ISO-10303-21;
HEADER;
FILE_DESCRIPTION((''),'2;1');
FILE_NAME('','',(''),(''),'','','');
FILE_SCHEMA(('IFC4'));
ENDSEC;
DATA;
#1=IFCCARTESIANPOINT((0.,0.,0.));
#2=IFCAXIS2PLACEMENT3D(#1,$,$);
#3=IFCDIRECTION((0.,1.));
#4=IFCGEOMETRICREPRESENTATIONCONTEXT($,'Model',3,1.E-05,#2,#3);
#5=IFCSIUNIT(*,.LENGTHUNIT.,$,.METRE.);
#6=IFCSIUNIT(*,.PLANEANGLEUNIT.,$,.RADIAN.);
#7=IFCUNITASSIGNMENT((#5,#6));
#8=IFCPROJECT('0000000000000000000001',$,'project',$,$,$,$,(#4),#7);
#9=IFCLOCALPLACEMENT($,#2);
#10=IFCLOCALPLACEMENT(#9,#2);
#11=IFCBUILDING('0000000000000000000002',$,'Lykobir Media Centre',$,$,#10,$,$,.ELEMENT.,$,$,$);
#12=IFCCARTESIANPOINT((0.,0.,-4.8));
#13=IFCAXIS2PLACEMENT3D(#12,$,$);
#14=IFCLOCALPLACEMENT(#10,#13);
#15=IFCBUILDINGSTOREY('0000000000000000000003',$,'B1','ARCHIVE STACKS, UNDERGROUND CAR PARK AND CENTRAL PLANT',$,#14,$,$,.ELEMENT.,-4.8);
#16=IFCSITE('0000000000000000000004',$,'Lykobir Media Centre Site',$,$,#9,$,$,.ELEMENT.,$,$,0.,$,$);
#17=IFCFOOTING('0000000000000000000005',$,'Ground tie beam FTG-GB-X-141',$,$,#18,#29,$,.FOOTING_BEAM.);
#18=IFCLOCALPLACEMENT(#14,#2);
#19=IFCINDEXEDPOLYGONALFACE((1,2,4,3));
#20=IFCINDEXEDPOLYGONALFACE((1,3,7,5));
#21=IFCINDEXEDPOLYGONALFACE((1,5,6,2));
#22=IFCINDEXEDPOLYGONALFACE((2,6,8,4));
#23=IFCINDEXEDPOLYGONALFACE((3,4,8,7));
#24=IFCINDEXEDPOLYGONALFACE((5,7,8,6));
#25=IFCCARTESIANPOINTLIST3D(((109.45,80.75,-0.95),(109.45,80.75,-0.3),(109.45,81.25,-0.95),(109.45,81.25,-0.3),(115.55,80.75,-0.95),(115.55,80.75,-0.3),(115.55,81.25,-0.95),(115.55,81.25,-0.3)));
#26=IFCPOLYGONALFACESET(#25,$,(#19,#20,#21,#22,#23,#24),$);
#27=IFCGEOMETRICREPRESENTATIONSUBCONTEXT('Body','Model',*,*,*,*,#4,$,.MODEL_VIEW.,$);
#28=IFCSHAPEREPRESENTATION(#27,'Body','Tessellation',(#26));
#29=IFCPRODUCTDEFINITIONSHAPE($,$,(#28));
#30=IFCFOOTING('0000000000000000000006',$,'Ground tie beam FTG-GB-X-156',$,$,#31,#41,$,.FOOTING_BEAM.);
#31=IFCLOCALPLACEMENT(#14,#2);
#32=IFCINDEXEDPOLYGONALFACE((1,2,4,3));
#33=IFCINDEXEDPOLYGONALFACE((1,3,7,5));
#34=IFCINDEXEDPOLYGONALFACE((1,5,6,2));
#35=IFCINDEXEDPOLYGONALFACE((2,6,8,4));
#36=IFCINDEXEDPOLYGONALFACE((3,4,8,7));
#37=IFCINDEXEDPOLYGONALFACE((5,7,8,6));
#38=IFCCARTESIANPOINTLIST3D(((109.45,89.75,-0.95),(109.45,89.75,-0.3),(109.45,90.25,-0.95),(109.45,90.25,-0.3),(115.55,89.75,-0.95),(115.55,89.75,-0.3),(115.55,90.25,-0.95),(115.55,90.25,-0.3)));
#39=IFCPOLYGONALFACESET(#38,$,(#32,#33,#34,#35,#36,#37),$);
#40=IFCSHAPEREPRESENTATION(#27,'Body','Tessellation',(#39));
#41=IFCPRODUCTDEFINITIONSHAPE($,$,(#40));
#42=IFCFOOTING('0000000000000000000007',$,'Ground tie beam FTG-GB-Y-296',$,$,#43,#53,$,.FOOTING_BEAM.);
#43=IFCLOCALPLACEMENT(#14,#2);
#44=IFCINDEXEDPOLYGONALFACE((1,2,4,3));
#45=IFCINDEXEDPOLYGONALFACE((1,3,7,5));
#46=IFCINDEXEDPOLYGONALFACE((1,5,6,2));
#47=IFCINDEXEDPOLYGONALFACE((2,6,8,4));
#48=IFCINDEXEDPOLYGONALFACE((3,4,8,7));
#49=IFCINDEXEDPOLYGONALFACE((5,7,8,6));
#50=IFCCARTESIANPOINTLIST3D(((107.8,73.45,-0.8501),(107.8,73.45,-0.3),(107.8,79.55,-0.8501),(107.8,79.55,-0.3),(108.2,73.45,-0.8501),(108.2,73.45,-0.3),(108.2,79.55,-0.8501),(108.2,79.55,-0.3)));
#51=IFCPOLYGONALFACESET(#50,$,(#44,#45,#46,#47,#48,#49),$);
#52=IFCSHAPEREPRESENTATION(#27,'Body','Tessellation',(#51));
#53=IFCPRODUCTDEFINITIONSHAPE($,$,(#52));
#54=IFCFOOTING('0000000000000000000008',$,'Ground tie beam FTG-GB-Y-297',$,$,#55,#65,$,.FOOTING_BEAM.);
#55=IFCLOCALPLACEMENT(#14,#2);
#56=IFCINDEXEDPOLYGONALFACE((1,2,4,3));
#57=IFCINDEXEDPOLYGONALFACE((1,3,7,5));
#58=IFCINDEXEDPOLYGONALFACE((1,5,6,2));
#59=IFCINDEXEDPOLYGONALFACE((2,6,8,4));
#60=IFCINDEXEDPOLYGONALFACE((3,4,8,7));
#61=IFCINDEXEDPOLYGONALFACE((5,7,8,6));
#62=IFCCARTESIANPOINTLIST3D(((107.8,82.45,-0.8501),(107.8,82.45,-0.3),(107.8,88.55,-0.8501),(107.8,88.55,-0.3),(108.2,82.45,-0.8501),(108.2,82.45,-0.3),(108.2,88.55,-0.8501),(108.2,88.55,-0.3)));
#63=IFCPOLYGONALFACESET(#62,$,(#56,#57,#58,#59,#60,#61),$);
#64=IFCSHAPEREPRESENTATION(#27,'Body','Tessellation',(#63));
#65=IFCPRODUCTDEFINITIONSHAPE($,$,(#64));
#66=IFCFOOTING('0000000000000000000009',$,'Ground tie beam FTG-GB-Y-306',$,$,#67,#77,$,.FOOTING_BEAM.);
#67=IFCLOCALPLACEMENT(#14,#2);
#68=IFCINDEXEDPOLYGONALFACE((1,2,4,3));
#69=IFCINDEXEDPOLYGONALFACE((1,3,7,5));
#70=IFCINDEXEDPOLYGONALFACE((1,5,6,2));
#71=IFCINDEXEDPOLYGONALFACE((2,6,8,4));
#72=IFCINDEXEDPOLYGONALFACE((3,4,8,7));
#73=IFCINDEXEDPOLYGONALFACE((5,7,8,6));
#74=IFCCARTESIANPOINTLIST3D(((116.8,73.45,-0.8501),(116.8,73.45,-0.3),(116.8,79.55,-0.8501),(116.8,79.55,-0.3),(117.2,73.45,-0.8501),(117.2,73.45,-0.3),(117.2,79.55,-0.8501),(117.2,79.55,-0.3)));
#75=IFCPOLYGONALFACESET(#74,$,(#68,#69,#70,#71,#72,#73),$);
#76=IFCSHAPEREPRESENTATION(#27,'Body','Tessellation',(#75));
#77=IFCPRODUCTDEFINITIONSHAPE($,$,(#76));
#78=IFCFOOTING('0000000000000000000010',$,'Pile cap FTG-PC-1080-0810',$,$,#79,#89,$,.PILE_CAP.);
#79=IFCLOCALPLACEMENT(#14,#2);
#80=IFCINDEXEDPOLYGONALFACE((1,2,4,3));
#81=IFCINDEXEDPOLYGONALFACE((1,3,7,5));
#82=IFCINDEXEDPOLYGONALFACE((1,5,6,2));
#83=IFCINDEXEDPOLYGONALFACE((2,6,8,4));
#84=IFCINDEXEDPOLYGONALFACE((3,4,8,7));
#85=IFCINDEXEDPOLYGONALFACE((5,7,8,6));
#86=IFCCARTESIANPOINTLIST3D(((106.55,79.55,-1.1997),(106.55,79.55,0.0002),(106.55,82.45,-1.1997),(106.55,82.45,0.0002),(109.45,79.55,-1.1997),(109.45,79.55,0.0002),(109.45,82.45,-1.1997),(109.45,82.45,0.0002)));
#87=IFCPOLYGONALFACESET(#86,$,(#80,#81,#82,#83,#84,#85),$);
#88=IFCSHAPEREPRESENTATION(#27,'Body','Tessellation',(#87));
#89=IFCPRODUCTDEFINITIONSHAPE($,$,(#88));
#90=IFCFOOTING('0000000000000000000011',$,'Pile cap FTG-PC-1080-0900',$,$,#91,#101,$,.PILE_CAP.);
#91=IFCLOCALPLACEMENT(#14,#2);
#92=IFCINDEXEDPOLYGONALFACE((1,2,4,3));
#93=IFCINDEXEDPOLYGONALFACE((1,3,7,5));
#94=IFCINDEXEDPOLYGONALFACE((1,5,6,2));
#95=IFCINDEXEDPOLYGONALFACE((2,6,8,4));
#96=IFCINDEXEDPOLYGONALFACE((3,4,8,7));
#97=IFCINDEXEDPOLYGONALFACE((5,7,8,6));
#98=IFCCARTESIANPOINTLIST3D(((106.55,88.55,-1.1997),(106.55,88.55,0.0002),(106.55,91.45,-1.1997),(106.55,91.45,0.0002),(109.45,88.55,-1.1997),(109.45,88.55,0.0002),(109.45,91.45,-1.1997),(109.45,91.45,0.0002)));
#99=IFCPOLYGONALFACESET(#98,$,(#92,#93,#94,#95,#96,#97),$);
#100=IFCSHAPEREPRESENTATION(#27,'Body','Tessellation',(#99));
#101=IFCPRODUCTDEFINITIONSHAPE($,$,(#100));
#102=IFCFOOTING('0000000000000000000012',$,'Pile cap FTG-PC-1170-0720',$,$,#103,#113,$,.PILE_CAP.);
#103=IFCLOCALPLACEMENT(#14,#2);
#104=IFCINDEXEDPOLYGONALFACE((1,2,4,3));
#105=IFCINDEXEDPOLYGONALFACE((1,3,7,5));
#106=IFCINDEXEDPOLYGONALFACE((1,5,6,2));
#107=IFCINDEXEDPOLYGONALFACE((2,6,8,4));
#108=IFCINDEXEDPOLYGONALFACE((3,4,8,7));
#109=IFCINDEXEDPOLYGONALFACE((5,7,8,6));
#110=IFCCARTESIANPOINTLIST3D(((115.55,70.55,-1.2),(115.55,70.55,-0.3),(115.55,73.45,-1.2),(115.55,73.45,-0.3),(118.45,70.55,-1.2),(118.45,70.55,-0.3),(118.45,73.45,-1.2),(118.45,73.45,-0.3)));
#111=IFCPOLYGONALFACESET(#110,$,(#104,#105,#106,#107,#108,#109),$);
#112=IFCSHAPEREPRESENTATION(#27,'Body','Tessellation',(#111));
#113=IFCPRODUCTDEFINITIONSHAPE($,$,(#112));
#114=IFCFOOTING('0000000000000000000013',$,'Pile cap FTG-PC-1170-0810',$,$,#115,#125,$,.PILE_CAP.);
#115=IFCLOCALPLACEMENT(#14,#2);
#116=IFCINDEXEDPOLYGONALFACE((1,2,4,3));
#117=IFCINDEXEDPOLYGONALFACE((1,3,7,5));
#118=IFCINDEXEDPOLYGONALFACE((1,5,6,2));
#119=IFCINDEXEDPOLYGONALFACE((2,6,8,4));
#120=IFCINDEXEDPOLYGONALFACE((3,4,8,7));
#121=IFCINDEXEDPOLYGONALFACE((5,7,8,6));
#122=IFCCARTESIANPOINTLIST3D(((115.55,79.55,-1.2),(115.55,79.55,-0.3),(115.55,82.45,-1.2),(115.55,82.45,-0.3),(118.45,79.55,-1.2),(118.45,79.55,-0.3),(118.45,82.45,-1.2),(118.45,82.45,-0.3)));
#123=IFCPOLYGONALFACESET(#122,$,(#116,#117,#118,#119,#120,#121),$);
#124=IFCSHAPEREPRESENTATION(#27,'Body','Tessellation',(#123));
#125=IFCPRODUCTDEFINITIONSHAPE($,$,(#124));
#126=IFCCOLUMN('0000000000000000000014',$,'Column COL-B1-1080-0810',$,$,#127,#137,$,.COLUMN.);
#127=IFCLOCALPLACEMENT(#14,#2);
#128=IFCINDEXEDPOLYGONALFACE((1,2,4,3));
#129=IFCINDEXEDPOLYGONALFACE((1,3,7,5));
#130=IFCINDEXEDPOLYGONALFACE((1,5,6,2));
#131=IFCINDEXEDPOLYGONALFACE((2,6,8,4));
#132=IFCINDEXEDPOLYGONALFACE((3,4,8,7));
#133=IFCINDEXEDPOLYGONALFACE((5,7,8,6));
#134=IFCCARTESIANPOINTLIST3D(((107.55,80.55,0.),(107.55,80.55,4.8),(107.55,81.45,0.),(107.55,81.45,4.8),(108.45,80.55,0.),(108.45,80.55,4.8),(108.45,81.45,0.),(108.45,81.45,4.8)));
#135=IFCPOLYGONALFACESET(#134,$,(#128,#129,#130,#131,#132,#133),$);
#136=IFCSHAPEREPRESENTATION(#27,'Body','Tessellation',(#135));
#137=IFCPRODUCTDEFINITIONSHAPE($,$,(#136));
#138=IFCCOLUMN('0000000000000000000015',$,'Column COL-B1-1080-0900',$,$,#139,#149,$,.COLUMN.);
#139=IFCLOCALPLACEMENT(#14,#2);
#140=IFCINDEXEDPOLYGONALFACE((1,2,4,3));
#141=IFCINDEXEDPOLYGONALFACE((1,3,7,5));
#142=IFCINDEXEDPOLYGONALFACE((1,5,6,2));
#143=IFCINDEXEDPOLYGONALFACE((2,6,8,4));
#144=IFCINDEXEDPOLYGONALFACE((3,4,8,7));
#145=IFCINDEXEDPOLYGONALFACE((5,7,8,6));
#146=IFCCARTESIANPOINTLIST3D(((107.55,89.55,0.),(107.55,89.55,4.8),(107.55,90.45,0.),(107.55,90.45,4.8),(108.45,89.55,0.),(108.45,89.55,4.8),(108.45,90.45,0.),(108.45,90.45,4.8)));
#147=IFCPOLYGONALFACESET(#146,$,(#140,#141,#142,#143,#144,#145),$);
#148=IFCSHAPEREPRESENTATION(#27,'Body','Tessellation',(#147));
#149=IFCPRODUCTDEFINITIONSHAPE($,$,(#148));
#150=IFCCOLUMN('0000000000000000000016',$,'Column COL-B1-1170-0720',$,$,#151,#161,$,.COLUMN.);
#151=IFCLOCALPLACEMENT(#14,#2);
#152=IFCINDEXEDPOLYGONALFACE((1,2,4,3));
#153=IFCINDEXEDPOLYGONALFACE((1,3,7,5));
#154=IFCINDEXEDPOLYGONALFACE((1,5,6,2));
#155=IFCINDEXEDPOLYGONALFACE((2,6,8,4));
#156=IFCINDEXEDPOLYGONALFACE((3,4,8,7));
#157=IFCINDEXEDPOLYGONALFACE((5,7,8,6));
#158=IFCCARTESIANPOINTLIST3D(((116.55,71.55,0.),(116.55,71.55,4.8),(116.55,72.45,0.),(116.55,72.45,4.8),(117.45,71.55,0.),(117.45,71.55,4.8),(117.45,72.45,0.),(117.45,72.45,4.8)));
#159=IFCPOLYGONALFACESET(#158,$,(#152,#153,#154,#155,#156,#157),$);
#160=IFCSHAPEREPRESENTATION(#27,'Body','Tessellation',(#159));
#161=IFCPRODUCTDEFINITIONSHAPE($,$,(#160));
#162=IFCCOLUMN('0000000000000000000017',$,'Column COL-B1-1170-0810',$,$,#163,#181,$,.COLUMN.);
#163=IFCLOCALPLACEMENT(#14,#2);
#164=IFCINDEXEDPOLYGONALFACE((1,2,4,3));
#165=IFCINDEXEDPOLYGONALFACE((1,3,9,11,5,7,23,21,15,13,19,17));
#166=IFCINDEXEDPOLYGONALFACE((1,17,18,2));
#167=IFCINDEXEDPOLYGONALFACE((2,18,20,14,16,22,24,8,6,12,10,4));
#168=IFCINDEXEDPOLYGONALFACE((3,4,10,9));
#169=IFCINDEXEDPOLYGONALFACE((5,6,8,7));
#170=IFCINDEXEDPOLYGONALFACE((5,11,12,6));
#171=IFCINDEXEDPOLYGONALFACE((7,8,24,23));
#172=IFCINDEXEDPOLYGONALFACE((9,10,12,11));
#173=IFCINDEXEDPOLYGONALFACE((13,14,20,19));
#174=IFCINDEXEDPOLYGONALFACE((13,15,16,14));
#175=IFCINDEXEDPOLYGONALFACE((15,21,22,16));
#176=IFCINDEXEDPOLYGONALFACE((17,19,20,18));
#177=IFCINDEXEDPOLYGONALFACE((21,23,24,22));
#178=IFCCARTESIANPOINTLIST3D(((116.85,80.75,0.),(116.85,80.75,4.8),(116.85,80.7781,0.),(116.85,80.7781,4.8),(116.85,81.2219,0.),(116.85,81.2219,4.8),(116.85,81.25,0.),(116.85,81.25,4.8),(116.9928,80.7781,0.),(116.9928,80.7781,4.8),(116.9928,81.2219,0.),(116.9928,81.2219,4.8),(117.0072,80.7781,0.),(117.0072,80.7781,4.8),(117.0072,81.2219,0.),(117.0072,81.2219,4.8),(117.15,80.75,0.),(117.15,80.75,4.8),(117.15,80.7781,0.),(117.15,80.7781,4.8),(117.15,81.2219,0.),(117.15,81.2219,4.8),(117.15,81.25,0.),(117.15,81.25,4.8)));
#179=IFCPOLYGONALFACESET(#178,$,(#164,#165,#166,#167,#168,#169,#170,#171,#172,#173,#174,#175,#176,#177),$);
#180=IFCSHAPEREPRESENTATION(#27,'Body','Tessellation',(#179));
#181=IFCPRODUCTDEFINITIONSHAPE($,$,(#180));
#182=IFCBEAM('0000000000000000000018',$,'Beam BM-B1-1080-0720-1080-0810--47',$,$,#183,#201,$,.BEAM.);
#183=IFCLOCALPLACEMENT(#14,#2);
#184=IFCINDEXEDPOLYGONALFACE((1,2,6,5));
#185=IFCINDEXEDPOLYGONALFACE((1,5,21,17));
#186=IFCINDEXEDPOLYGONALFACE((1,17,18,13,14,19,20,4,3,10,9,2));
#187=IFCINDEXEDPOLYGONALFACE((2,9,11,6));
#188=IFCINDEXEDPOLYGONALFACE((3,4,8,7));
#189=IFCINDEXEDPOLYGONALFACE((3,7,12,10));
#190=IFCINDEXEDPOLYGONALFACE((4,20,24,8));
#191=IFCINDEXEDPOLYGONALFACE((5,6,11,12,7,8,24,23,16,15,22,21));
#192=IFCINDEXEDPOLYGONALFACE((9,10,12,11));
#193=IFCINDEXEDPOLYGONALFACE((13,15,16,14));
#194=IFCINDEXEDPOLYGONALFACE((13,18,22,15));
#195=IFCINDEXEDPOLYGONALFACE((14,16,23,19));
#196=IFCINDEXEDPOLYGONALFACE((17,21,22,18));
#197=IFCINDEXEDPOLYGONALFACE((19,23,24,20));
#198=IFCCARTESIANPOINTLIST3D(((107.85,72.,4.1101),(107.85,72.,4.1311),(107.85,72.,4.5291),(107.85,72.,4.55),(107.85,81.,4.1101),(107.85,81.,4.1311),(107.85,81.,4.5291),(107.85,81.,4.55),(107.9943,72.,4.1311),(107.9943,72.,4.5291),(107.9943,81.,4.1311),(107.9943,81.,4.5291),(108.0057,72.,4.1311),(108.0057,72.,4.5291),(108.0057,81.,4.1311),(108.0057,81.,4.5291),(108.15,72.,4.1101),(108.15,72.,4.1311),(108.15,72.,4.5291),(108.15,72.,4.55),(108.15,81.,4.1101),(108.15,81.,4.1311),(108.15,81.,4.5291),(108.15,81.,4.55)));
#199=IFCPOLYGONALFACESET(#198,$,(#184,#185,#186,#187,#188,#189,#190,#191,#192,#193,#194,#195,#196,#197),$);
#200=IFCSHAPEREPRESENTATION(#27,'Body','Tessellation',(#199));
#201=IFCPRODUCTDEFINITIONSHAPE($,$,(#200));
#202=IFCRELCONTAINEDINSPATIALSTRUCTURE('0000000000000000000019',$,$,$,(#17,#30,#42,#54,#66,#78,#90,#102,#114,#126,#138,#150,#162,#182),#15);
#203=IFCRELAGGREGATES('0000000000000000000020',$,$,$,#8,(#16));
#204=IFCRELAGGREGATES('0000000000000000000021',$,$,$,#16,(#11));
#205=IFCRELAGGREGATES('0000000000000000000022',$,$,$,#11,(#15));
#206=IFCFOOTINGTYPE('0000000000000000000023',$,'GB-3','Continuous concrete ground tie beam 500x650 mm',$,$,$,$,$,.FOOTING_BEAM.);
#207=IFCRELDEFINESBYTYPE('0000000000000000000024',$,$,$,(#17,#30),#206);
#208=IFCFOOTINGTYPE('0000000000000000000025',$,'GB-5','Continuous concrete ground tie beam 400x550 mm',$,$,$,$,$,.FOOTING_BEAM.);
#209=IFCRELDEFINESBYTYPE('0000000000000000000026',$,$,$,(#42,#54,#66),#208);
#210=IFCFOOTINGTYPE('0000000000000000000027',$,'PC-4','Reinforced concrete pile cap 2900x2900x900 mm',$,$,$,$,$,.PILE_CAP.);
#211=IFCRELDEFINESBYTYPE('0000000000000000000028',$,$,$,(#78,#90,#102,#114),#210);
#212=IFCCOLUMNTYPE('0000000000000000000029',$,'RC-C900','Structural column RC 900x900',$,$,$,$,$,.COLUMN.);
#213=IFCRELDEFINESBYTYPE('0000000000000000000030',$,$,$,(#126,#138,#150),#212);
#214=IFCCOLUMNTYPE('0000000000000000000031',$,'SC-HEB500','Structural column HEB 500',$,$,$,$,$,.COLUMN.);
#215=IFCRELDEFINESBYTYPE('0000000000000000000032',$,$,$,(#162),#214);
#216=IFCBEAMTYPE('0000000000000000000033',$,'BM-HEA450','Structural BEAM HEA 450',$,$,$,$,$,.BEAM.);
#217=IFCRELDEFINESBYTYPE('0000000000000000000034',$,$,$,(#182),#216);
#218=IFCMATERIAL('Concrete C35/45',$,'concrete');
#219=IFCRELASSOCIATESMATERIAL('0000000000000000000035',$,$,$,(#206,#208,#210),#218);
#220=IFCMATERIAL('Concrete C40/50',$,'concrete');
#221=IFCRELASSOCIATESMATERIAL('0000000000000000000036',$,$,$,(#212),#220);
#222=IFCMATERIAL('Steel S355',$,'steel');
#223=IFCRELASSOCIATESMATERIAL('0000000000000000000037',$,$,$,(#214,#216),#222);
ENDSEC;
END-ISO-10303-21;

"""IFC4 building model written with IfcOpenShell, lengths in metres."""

from ifc_helpers import new_model, si_unit, direction, frame, origin, origin_2d, place, context, subcontext, project, spatial, rectangle, i_section, extrude, material, material_profile, profile_set, type_object, element, save


model = new_model("IFC4")

# Units and contexts
model_context = context("Model", 3, precision=1e-05, world=origin(), true_north=direction((0.0, 1.0)))
body_context = subcontext(model_context, "Body", "Model", "MODEL_VIEW")
ifc_project = project(units=[si_unit("LENGTHUNIT", "METRE"), si_unit("PLANEANGLEUNIT", "RADIAN")], contexts=[model_context])

# Site, building, storey
site_placement = place(None, origin())
site = spatial("IfcSite", under=ifc_project, at=site_placement, Name="Lykobir Media Centre Site", CompositionType="ELEMENT", RefElevation=0.0)
building_placement = place(site_placement, origin())
building = spatial("IfcBuilding", under=site, at=building_placement, Name="Lykobir Media Centre", CompositionType="ELEMENT")
storey_placement = place(building_placement, frame((0.0, 0.0, -4.8)))
storey = spatial("IfcBuildingStorey", under=building, at=storey_placement, Name="B1", Description="ARCHIVE STACKS, UNDERGROUND CAR PARK AND CENTRAL PLANT", CompositionType="ELEMENT", Elevation=-4.8)

# Footings
ifc_material_1 = material(Name="Concrete C35/45", Category="concrete")
footing_type_1 = type_object("IfcFootingType", Name="GB-3", Description="Continuous concrete ground tie beam 500x650 mm", PredefinedType="FOOTING_BEAM", material=ifc_material_1)
for number, where, z_axis, x_axis, name in (
    (1, (112.5, 81.0, -0.95), (0.0, 0.0, 1.0), (1.0, 0.0, 0.0), "Ground tie beam FTG-GB-X-141"),
    (2, (112.5, 90.0, -0.95), (0.0, 0.0, 1.0), (1.0, 0.0, 0.0), "Ground tie beam FTG-GB-X-156"),
):
    element("IfcFooting", number, at=place(storey_placement, frame(where, z_axis=z_axis, x_axis=x_axis)), inside=storey, type_object=footing_type_1, Name=name, PredefinedType="FOOTING_BEAM", context=body_context, shape_type="SweptSolid", body=[
        extrude(rectangle(XDim=6.1001, YDim=0.5, at=origin_2d()), origin(), (0.0, 0.0, 1.0), 0.6499),
    ])
footing_type_2 = type_object("IfcFootingType", Name="GB-5", Description="Continuous concrete ground tie beam 400x550 mm", PredefinedType="FOOTING_BEAM", material=ifc_material_1)
for number, where, z_axis, x_axis, name in (
    (3, (108.0, 76.5, -0.8501), (0.0, 0.0, 1.0), (0.0, 1.0, 0.0), "Ground tie beam FTG-GB-Y-296"),
    (4, (108.0, 85.5, -0.8501), (0.0, 0.0, 1.0), (0.0, 1.0, 0.0), "Ground tie beam FTG-GB-Y-297"),
    (5, (117.0, 76.5, -0.8501), (0.0, 0.0, 1.0), (0.0, 1.0, 0.0), "Ground tie beam FTG-GB-Y-306"),
):
    element("IfcFooting", number, at=place(storey_placement, frame(where, z_axis=z_axis, x_axis=x_axis)), inside=storey, type_object=footing_type_2, Name=name, PredefinedType="FOOTING_BEAM", context=body_context, shape_type="SweptSolid", body=[
        extrude(rectangle(XDim=6.1001, YDim=0.3999, at=origin_2d()), origin(), (0.0, 0.0, 1.0), 0.55),
    ])
footing_type_3 = type_object("IfcFootingType", Name="PC-4", Description="Reinforced concrete pile cap 2900x2900x900 mm", PredefinedType="PILE_CAP", material=ifc_material_1)
for number, where, z_axis, x_axis, name in (
    (6, (108.0, 81.0, -1.1997), (0.0, 0.0, 1.0), (1.0, 0.0, 0.0), "Pile cap FTG-PC-1080-0810"),
    (7, (108.0, 90.0, -1.1997), (0.0, 0.0, 1.0), (1.0, 0.0, 0.0), "Pile cap FTG-PC-1080-0900"),
):
    element("IfcFooting", number, at=place(storey_placement, frame(where, z_axis=z_axis, x_axis=x_axis)), inside=storey, type_object=footing_type_3, Name=name, PredefinedType="PILE_CAP", context=body_context, shape_type="SweptSolid", body=[
        extrude(rectangle(XDim=2.8999, YDim=2.8999, at=origin_2d()), origin(), (0.0, 0.0, 1.0), 1.2),
    ])
for number, where, z_axis, x_axis, name in (
    (8, (117.0, 72.0, -1.2), (0.0, 0.0, 1.0), (1.0, 0.0, 0.0), "Pile cap FTG-PC-1170-0720"),
    (9, (117.0, 81.0, -1.2), (0.0, 0.0, 1.0), (1.0, 0.0, 0.0), "Pile cap FTG-PC-1170-0810"),
):
    element("IfcFooting", number, at=place(storey_placement, frame(where, z_axis=z_axis, x_axis=x_axis)), inside=storey, type_object=footing_type_3, Name=name, PredefinedType="PILE_CAP", context=body_context, shape_type="SweptSolid", body=[
        extrude(rectangle(XDim=2.8999, YDim=2.8999, at=origin_2d()), origin(), (0.0, 0.0, 1.0), 0.8999),
    ])

# Columns
ifc_material_2 = material(Name="Concrete C40/50", Category="concrete")
ifc_material_profile_1 = material_profile(ifc_material_2, rectangle(XDim=0.8999, YDim=0.8999, at=origin_2d()), Name="RC 900x900")
ifc_profile_set_1 = profile_set([ifc_material_profile_1], Name="Concrete C40/50")
column_type_1 = type_object("IfcColumnType", Name="RC-C900", Description="Structural column RC 900x900", PredefinedType="COLUMN", material=ifc_profile_set_1)
for number, where, z_axis, x_axis, name in (
    (10, (108.0, 81.0, 0.0), (0.0, 0.0, 1.0), (1.0, 0.0, 0.0), "Column COL-B1-1080-0810"),
    (11, (108.0, 90.0, 0.0), (0.0, 0.0, 1.0), (1.0, 0.0, 0.0), "Column COL-B1-1080-0900"),
    (12, (117.0, 72.0, 0.0), (0.0, 0.0, 1.0), (1.0, 0.0, 0.0), "Column COL-B1-1170-0720"),
):
    element("IfcColumn", number, at=place(storey_placement, frame(where, z_axis=z_axis, x_axis=x_axis)), inside=storey, type_object=column_type_1, Name=name, PredefinedType="COLUMN", context=body_context, shape_type="SweptSolid", body=[
        extrude(rectangle(XDim=0.8999, YDim=0.8999, at=origin_2d()), origin(), (0.0, 0.0, 1.0), 4.8),
    ])
ifc_material_3 = material(Name="Steel S355", Category="steel")
ifc_material_profile_2 = material_profile(ifc_material_3, i_section(OverallWidth=0.3, OverallDepth=0.5, WebThickness=0.0144, FlangeThickness=0.0281, at=origin_2d()), Name="HEB 500")
ifc_profile_set_2 = profile_set([ifc_material_profile_2], Name="Steel S355")
column_type_2 = type_object("IfcColumnType", Name="SC-HEB500", Description="Structural column HEB 500", PredefinedType="COLUMN", material=ifc_profile_set_2)
column_placement = place(storey_placement, frame((117.0, 81.0, 0.0), z_axis=(0.0, 0.0, 1.0), x_axis=(1.0, 0.0, 0.0)))
element("IfcColumn", 13, at=column_placement, inside=storey, type_object=column_type_2, Name="Column COL-B1-1170-0810", PredefinedType="COLUMN", context=body_context, shape_type="SweptSolid", body=[
    extrude(i_section(OverallWidth=0.3, OverallDepth=0.5, WebThickness=0.0144, FlangeThickness=0.0281, at=origin_2d()), origin(), (0.0, 0.0, 1.0), 4.8),
])

# Beam
ifc_material_profile_3 = material_profile(ifc_material_3, i_section(OverallWidth=0.3, OverallDepth=0.4399, WebThickness=0.0115, FlangeThickness=0.021, at=origin_2d()), Name="HEA 450")
ifc_profile_set_3 = profile_set([ifc_material_profile_3], Name="Steel S355")
beam_type_1 = type_object("IfcBeamType", Name="BM-HEA450", Description="Structural BEAM HEA 450", PredefinedType="BEAM", material=ifc_profile_set_3)
for number, where, z_axis, x_axis, name in (
    (14, (108.0, 72.0, 4.3301), (0.0, 1.0, 0.0), (-1.0, 0.0, 0.0), "Beam BM-B1-1080-0720-1080-0810--47"),
):
    element("IfcBeam", number, at=place(storey_placement, frame(where, z_axis=z_axis, x_axis=x_axis)), inside=storey, type_object=beam_type_1, Name=name, PredefinedType="BEAM", context=body_context, shape_type="SweptSolid", body=[
        extrude(i_section(OverallWidth=0.3, OverallDepth=0.4399, WebThickness=0.0115, FlangeThickness=0.021, at=origin_2d()), origin(), (0.0, 0.0, 1.0), 9.0),
    ])

save(model, "model.ifc")
